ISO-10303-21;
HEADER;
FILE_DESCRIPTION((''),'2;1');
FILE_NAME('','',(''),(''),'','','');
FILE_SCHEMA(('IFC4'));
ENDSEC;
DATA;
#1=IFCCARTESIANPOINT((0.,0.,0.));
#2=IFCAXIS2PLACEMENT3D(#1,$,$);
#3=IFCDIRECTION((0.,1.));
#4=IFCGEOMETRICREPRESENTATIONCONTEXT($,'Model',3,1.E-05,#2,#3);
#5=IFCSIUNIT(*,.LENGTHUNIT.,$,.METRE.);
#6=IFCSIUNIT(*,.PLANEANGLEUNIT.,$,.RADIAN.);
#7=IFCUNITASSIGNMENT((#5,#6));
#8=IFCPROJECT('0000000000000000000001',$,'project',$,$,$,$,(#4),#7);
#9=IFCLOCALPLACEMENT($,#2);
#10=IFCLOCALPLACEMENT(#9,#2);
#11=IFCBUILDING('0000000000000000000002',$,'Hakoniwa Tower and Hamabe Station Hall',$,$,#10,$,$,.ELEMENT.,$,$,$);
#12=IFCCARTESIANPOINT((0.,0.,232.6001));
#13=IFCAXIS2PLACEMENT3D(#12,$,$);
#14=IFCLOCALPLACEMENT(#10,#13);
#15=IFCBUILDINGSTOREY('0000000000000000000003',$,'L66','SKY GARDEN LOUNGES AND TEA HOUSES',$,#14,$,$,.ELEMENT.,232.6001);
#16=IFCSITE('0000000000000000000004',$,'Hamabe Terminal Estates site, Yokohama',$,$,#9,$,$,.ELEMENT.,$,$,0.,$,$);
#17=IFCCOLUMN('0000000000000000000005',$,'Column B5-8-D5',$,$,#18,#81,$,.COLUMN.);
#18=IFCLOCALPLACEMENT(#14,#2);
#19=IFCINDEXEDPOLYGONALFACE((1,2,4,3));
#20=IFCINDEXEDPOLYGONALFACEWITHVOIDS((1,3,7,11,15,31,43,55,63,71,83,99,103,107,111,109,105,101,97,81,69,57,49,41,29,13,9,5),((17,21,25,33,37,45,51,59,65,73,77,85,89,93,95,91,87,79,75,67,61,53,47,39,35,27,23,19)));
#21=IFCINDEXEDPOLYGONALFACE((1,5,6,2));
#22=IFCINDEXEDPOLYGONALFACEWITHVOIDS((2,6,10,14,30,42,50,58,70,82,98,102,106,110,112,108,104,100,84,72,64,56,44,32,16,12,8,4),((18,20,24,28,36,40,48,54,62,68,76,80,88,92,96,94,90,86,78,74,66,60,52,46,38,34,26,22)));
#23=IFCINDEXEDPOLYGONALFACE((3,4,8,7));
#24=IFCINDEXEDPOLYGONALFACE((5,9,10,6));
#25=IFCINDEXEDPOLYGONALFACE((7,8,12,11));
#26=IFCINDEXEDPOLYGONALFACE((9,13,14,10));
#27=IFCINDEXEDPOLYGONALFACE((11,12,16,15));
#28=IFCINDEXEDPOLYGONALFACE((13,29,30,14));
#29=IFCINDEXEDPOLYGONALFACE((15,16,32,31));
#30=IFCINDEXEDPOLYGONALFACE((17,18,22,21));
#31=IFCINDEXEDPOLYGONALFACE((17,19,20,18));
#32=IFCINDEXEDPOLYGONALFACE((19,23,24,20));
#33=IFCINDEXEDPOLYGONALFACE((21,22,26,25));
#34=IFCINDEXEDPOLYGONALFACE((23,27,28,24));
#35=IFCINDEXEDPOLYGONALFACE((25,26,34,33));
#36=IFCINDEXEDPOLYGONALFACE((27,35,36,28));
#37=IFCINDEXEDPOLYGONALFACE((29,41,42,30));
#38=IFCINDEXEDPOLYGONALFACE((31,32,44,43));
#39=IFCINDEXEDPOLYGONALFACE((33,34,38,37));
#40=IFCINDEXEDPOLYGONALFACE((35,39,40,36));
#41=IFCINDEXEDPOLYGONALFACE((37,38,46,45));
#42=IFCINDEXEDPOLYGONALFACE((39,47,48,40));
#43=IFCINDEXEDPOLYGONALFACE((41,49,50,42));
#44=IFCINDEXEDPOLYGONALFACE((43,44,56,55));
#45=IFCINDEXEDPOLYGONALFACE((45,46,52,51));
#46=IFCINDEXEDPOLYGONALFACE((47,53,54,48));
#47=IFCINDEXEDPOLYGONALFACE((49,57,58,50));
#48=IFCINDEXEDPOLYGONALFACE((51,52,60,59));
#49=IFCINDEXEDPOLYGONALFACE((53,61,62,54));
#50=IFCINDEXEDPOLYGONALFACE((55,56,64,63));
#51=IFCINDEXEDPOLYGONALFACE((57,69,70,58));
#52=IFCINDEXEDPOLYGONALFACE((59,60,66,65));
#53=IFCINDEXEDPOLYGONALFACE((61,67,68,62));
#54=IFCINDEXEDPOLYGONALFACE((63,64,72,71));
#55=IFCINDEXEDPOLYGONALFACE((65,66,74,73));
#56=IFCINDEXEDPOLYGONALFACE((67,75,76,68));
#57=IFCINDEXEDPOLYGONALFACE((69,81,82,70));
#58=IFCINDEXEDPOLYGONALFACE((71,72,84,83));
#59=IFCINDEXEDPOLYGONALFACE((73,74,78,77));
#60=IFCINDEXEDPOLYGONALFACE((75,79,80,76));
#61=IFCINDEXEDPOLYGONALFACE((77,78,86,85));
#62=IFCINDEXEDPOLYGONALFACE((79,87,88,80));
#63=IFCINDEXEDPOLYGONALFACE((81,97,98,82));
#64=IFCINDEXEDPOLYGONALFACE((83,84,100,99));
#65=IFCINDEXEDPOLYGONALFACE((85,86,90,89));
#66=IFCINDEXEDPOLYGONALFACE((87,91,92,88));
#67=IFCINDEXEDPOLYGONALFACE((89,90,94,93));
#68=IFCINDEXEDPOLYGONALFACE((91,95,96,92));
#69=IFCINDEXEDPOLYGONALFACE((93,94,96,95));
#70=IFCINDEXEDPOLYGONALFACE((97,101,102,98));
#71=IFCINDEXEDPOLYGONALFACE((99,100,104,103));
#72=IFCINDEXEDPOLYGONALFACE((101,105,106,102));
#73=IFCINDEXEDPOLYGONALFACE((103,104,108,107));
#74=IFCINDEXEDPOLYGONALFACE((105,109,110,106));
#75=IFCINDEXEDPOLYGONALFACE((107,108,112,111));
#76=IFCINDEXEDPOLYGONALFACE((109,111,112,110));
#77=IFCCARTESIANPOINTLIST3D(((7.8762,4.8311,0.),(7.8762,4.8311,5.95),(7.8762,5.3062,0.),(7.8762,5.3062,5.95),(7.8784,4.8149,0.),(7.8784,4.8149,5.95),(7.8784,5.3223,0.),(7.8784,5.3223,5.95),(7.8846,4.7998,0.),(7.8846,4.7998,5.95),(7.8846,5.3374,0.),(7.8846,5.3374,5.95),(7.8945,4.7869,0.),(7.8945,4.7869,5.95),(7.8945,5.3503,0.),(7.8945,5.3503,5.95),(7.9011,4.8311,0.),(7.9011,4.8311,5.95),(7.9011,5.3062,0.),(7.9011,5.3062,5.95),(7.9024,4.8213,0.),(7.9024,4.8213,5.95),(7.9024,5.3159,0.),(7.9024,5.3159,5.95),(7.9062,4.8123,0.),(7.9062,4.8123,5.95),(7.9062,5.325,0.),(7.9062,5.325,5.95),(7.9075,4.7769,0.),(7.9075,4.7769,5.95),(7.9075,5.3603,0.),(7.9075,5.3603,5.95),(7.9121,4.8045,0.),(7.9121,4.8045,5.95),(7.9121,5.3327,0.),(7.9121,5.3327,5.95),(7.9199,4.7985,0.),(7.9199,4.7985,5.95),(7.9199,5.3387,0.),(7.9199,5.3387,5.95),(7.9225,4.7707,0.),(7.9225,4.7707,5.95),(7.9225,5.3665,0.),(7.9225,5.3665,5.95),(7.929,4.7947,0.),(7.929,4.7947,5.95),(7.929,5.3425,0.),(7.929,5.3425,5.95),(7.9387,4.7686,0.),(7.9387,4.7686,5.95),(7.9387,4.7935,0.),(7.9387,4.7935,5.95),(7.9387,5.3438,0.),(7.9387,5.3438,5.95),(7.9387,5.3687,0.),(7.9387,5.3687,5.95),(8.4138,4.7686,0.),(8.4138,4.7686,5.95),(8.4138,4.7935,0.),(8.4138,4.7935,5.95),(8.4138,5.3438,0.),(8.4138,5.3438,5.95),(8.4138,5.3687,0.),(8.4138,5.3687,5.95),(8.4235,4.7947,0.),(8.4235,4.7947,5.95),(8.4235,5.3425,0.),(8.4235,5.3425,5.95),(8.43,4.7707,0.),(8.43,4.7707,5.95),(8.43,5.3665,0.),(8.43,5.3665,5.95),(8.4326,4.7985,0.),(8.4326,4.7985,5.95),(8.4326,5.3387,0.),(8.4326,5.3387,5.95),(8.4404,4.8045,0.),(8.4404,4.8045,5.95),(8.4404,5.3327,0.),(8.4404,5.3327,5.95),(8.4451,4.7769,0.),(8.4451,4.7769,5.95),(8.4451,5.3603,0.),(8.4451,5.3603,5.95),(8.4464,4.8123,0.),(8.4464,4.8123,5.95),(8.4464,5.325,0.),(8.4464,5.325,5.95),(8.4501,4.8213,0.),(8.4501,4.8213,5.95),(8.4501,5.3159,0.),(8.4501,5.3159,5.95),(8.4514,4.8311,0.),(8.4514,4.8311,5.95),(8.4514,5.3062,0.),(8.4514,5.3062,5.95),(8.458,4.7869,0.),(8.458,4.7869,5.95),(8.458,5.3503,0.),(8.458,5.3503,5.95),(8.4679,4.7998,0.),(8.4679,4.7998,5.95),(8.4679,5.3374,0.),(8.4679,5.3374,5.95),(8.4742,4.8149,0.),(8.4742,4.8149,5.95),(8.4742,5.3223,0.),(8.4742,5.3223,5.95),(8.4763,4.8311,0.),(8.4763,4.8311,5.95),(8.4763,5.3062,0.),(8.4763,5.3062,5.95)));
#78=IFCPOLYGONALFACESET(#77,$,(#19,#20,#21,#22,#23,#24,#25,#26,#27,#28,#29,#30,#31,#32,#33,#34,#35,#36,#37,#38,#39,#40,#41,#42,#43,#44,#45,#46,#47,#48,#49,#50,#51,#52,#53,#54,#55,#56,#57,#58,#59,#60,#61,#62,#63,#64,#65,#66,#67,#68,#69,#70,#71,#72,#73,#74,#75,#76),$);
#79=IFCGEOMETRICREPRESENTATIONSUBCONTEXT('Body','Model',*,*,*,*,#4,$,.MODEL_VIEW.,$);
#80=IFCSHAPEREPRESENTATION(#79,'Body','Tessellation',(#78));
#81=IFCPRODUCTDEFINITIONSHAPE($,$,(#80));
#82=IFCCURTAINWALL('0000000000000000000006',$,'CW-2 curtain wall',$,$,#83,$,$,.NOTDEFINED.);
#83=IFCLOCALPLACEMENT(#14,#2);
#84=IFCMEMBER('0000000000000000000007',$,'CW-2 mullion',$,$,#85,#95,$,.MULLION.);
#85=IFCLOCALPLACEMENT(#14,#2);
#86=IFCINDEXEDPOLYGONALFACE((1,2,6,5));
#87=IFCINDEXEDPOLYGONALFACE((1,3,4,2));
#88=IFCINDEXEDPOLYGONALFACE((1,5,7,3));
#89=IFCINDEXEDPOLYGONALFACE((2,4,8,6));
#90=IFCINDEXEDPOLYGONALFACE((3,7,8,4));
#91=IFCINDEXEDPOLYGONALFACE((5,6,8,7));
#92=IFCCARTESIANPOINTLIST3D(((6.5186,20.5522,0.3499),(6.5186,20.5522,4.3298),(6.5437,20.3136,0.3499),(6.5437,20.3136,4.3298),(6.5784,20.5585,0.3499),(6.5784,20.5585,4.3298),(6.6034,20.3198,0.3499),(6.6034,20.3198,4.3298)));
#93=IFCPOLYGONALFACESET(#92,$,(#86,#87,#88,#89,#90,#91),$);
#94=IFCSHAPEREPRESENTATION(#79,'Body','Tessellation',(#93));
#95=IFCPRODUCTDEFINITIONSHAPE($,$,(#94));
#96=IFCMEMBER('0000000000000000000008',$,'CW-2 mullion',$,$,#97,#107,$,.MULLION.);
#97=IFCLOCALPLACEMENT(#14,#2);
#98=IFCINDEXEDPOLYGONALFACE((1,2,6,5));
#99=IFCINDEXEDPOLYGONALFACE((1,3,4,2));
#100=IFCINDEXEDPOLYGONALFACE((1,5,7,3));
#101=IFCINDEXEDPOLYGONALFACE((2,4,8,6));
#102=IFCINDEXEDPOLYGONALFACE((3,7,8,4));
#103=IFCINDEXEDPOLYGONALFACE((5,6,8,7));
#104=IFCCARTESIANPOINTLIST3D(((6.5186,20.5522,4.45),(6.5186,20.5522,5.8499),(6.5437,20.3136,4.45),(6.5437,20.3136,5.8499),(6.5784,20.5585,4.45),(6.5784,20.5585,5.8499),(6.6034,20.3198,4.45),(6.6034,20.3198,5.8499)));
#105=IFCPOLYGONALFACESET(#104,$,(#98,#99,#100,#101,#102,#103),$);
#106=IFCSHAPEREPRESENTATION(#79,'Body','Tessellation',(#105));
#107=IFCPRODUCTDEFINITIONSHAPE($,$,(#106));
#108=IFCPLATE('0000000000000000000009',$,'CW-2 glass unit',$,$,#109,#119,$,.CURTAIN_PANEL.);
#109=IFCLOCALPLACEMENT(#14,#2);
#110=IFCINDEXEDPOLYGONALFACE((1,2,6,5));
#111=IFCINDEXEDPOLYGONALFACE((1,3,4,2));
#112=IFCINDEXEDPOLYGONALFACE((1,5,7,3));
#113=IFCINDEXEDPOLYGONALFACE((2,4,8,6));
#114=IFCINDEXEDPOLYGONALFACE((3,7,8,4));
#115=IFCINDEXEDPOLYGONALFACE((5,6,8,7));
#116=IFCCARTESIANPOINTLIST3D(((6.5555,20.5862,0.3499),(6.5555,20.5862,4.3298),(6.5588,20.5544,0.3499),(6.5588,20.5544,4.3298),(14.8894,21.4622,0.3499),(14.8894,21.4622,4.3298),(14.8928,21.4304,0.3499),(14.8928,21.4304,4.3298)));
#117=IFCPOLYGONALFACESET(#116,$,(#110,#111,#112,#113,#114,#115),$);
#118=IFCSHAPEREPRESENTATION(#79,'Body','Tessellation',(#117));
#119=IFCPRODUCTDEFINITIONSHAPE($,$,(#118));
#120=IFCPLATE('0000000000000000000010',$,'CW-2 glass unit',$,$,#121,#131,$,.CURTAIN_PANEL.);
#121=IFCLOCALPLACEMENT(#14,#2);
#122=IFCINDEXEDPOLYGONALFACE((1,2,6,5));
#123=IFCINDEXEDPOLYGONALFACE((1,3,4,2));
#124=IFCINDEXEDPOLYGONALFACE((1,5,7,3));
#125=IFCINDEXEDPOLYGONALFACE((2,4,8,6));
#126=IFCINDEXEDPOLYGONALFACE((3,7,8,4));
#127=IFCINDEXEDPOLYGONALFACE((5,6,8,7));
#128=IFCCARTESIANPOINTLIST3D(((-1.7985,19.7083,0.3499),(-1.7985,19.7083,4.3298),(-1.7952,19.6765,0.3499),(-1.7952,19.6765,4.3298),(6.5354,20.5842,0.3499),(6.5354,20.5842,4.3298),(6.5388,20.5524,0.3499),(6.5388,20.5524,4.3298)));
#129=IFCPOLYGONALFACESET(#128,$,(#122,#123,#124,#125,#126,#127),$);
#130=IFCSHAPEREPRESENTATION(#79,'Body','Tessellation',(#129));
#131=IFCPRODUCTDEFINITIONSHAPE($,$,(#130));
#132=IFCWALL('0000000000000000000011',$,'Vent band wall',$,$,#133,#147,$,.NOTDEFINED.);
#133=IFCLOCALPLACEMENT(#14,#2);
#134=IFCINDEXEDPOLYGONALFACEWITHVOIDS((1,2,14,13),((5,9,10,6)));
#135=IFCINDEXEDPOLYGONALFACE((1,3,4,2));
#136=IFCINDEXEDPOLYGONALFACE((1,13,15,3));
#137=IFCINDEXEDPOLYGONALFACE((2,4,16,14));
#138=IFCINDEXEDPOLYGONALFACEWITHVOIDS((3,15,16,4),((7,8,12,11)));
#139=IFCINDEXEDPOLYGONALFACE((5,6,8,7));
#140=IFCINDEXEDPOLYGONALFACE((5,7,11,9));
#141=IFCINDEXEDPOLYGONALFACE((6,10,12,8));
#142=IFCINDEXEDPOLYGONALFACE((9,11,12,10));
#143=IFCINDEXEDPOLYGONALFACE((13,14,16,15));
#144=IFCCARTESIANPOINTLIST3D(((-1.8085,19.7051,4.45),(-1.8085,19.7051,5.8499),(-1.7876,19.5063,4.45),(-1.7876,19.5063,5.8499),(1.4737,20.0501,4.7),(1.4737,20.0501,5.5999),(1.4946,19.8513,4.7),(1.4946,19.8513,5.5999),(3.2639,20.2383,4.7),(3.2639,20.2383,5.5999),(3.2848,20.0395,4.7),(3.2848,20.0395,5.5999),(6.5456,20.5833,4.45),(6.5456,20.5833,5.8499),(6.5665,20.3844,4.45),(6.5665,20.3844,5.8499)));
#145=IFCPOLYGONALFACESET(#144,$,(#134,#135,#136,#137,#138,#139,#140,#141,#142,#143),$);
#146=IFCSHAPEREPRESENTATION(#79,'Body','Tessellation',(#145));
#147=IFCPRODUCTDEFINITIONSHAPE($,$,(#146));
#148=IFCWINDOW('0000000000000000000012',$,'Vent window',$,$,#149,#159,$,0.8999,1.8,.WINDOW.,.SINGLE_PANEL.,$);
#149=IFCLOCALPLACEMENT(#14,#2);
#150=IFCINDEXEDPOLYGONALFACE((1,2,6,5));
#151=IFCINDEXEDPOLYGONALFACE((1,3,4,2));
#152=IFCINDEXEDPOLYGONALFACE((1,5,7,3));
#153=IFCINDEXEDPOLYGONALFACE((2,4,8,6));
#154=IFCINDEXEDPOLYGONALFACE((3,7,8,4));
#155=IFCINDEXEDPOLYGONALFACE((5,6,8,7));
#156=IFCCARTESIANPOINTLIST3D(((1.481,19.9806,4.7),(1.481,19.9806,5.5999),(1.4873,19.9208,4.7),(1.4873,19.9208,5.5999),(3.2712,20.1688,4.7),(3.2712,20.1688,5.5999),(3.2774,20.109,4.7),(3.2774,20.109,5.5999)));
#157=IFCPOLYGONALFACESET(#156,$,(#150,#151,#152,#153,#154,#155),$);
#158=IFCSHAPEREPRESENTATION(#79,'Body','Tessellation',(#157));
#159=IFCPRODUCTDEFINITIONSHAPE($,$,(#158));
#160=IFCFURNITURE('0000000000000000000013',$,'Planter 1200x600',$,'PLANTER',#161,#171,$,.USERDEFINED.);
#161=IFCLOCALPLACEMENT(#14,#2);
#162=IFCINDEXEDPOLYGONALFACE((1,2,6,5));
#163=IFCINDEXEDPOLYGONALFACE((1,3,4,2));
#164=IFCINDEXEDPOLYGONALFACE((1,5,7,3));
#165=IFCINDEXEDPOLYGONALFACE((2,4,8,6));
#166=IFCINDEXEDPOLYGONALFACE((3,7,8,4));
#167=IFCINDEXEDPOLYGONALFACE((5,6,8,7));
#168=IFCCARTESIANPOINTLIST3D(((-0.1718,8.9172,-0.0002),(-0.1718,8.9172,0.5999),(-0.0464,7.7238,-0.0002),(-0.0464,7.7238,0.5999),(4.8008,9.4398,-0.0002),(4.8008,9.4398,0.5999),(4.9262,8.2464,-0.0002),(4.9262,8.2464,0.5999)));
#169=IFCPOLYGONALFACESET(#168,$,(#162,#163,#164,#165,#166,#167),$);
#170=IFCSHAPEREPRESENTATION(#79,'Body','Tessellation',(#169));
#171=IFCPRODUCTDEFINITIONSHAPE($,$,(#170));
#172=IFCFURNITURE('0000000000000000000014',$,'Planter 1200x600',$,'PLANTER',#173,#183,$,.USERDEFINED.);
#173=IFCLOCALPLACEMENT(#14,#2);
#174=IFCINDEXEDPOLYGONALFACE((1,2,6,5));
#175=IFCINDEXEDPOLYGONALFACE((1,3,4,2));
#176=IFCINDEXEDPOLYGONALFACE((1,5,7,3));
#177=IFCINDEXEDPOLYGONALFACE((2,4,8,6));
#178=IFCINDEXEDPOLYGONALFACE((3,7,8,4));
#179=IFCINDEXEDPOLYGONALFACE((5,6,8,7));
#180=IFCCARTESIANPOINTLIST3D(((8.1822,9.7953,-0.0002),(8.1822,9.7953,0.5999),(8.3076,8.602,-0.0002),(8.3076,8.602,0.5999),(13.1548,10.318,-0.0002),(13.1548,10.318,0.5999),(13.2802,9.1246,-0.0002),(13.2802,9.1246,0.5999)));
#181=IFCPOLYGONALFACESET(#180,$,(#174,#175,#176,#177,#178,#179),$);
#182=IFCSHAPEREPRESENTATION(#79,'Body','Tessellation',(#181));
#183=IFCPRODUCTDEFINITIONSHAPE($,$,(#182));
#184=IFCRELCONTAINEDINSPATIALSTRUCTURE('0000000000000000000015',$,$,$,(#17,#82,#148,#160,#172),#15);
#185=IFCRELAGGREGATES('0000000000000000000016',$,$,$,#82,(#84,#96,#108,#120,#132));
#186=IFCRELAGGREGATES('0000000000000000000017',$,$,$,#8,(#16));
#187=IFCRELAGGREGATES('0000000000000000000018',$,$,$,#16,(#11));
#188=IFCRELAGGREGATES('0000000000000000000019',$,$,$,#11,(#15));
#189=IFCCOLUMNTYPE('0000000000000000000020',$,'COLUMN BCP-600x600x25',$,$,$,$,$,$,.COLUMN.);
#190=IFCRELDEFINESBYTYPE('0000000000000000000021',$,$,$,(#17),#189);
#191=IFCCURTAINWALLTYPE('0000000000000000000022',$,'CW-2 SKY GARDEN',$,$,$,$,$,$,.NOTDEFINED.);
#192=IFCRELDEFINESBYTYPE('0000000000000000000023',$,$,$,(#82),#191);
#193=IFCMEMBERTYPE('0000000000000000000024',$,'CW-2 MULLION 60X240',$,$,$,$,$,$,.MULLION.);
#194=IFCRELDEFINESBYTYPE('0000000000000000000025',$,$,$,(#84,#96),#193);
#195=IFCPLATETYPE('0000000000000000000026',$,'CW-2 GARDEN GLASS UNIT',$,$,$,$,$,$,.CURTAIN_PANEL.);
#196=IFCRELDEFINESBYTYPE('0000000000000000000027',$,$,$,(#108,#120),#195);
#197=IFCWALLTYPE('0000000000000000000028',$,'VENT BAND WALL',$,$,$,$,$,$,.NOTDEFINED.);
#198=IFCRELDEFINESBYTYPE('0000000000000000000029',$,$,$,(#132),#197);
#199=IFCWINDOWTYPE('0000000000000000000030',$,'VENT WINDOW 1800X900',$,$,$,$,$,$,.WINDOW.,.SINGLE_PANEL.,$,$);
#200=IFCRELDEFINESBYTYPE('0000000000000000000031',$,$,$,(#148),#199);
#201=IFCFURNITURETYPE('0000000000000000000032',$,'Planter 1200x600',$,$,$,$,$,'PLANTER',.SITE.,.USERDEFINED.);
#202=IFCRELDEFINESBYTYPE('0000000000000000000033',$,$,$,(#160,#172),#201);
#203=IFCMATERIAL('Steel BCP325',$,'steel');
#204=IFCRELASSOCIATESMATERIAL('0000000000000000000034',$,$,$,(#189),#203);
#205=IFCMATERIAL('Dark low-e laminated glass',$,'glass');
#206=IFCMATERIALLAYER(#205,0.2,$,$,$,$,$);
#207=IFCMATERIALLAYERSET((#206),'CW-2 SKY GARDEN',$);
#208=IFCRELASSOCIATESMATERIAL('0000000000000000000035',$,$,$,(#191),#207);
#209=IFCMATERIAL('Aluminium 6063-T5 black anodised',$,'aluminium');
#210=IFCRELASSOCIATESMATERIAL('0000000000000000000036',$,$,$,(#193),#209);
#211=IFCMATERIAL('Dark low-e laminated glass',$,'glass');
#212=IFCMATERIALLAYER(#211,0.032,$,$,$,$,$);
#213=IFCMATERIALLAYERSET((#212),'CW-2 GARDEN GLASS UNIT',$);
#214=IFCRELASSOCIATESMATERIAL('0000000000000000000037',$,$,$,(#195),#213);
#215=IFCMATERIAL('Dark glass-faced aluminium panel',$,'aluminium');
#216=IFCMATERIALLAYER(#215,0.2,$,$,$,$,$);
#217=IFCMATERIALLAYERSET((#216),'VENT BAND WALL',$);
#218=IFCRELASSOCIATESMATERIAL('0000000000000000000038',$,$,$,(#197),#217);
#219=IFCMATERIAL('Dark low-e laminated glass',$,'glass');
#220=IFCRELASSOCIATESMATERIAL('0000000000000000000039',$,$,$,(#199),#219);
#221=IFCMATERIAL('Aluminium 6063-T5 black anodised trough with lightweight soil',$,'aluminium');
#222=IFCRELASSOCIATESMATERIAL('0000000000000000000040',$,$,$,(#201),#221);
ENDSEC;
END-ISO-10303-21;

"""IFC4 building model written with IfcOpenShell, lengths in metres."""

from ifc_helpers import new_model, si_unit, direction, frame, frame_2d, origin, origin_2d, place, context, subcontext, project, spatial, rectangle, hollow_rectangle, extrude, material, layer, layer_set, material_profile, profile_set, type_object, element, fill, aggregate, save


model = new_model("IFC4")

# Units and contexts
model_context = context("Model", 3, precision=1e-05, world=origin(), true_north=direction((0.0, 1.0)))
body_context = subcontext(model_context, "Body", "Model", "MODEL_VIEW")
ifc_project = project(units=[si_unit("LENGTHUNIT", "METRE"), si_unit("PLANEANGLEUNIT", "RADIAN")], contexts=[model_context])

# Site, building, storey
site_placement = place(None, origin())
site = spatial("IfcSite", under=ifc_project, at=site_placement, Name="Hamabe Terminal Estates site, Yokohama", CompositionType="ELEMENT", RefElevation=0.0)
building_placement = place(site_placement, origin())
building = spatial("IfcBuilding", under=site, at=building_placement, Name="Hakoniwa Tower and Hamabe Station Hall", CompositionType="ELEMENT")
storey_placement = place(building_placement, frame((0.0, 0.0, 232.6001)))
storey = spatial("IfcBuildingStorey", under=building, at=storey_placement, Name="L66", Description="SKY GARDEN LOUNGES AND TEA HOUSES", CompositionType="ELEMENT", Elevation=232.6001)

# Column
ifc_material_1 = material(Name="Steel BCP325", Category="steel")
ifc_material_profile_1 = material_profile(ifc_material_1, hollow_rectangle(XDim=0.6001, YDim=0.6001, WallThickness=0.0249, InnerFilletRadius=0.0376, OuterFilletRadius=0.0625, at=origin_2d()), Name="BCP-600x600x25")
ifc_profile_set_1 = profile_set([ifc_material_profile_1], Name="Steel BCP325")
column_type_1 = type_object("IfcColumnType", Name="COLUMN BCP-600x600x25", PredefinedType="COLUMN", material=ifc_profile_set_1)
for number, where, z_axis, x_axis, name in (
    (1, (8.1763, 5.0686, 0.0), (0.0, 0.0, 1.0), (1.0, 0.0, 0.0), "Column B5-8-D5"),
):
    element("IfcColumn", number, at=place(storey_placement, frame(where, z_axis=z_axis, x_axis=x_axis)), inside=storey, type_object=column_type_1, Name=name, PredefinedType="COLUMN", context=body_context, shape_type="SweptSolid", body=[
        extrude(hollow_rectangle(XDim=0.6001, YDim=0.6001, WallThickness=0.0249, InnerFilletRadius=0.0376, OuterFilletRadius=0.0625, at=origin_2d()), origin(), (0.0, 0.0, 1.0), 5.95),
    ])

# Curtain wall, members, plates, wall, opening, window
ifc_material_2 = material(Name="Dark low-e laminated glass", Category="glass")
ifc_layer_1 = layer(ifc_material_2, 0.2)
ifc_layer_set_1 = layer_set([ifc_layer_1], Name="CW-2 SKY GARDEN")
curtain_wall_type = type_object("IfcCurtainWallType", Name="CW-2 SKY GARDEN", PredefinedType="NOTDEFINED", material=ifc_layer_set_1)
curtain_wall_placement = place(storey_placement, origin())
curtain_wall = element("IfcCurtainWall", 2, at=curtain_wall_placement, inside=storey, type_object=curtain_wall_type, Name="CW-2 curtain wall", PredefinedType="NOTDEFINED")
ifc_material_3 = material(Name="Aluminium 6063-T5 black anodised", Category="aluminium")
ifc_material_profile_2 = material_profile(ifc_material_3, rectangle(XDim=0.0601, YDim=0.24, at=origin_2d()), Name="CW-2 MULLION 60X240")
ifc_profile_set_2 = profile_set([ifc_material_profile_2], Name="Aluminium 6063-T5 black anodised")
member_type = type_object("IfcMemberType", Name="CW-2 MULLION 60X240", PredefinedType="MULLION", material=ifc_profile_set_2)
member_1_placement = place(storey_placement, frame((6.561, 20.436, 0.3499), z_axis=(0.0, 0.0, 1.0), x_axis=(-0.994522, -0.104528, 0.0)))
member_1 = element("IfcMember", 3, at=member_1_placement, type_object=member_type, Name="CW-2 mullion", PredefinedType="MULLION", context=body_context, shape_type="SweptSolid", body=[
    extrude(rectangle(XDim=0.0601, YDim=0.24, at=origin_2d()), origin(), (0.0, 0.0, 1.0), 3.98),
])
member_2_placement = place(storey_placement, frame((6.561, 20.436, 4.45), z_axis=(0.0, 0.0, 1.0), x_axis=(-0.994522, -0.104528, 0.0)))
member_2 = element("IfcMember", 4, at=member_2_placement, type_object=member_type, Name="CW-2 mullion", PredefinedType="MULLION", context=body_context, shape_type="SweptSolid", body=[
    extrude(rectangle(XDim=0.0601, YDim=0.24, at=origin_2d()), origin(), (0.0, 0.0, 1.0), 1.3999),
])
ifc_material_4 = material(Name="Dark low-e laminated glass", Category="glass")
ifc_layer_2 = layer(ifc_material_4, 0.032)
ifc_layer_set_2 = layer_set([ifc_layer_2], Name="CW-2 GARDEN GLASS UNIT")
plate_type = type_object("IfcPlateType", Name="CW-2 GARDEN GLASS UNIT", PredefinedType="CURTAIN_PANEL", material=ifc_layer_set_2)
plate_1_placement = place(storey_placement, frame((10.7241, 21.0083, 0.3499), z_axis=(0.0, 0.0, 1.0), x_axis=(-0.994522, -0.104528, 0.0)))
plate_1 = element("IfcPlate", 5, at=plate_1_placement, type_object=plate_type, Name="CW-2 glass unit", PredefinedType="CURTAIN_PANEL", context=body_context, shape_type="SweptSolid", body=[
    extrude(rectangle(XDim=8.3799, YDim=0.032, at=origin_2d()), origin(), (0.0, 0.0, 1.0), 3.98),
])
plate_2_placement = place(storey_placement, frame((2.3701, 20.1304, 0.3499), z_axis=(0.0, 0.0, 1.0), x_axis=(-0.994522, -0.104528, 0.0)))
plate_2 = element("IfcPlate", 6, at=plate_2_placement, type_object=plate_type, Name="CW-2 glass unit", PredefinedType="CURTAIN_PANEL", context=body_context, shape_type="SweptSolid", body=[
    extrude(rectangle(XDim=8.3799, YDim=0.032, at=origin_2d()), origin(), (0.0, 0.0, 1.0), 3.98),
])
ifc_material_5 = material(Name="Dark glass-faced aluminium panel", Category="aluminium")
ifc_layer_3 = layer(ifc_material_5, 0.2)
ifc_layer_set_3 = layer_set([ifc_layer_3], Name="VENT BAND WALL")
wall_type = type_object("IfcWallType", Name="VENT BAND WALL", PredefinedType="NOTDEFINED", material=ifc_layer_set_3)
wall_placement = place(storey_placement, frame((6.5562, 20.4839, 4.45), z_axis=(0.0, 0.0, 1.0), x_axis=(-0.99452, -0.104544, 0.0)))
wall = element("IfcWall", 7, at=wall_placement, type_object=wall_type, Name="Vent band wall", PredefinedType="NOTDEFINED", context=body_context, shape_type="SweptSolid", body=[
    extrude(rectangle(XDim=8.4001, YDim=0.2, at=frame_2d((4.2002, 0.0))), origin(), (0.0, 0.0, 1.0), 1.3999),
])
opening_placement = place(wall_placement, frame((3.3, 0.0, 0.25)))
opening = element("IfcOpeningElement", 8, at=opening_placement, cuts=wall, PredefinedType="OPENING", context=body_context, shape_type="SweptSolid", body=[
    extrude(rectangle(XDim=1.8, YDim=0.8999, at=frame_2d((0.8999, 0.45))), frame((0.0, 0.1099, 0.0), z_axis=(0.0, -1.0, 0.0), x_axis=(1.0, 0.0, 0.0)), (0.0, 0.0, 1.0), 0.22),
])
ifc_material_6 = material(Name="Dark low-e laminated glass", Category="glass")
window_type = type_object("IfcWindowType", Name="VENT WINDOW 1800X900", PartitioningType="SINGLE_PANEL", PredefinedType="WINDOW", material=ifc_material_6)
window_placement = place(opening_placement, origin())
window = element("IfcWindow", 9, at=window_placement, inside=storey, type_object=window_type, Name="Vent window", OverallHeight=0.8999, OverallWidth=1.8, PartitioningType="SINGLE_PANEL", PredefinedType="WINDOW", context=body_context, shape_type="SweptSolid", body=[
    extrude(rectangle(XDim=1.8, YDim=0.8999, at=frame_2d((0.8999, 0.45))), frame((0.0, 0.03, 0.0), z_axis=(0.0, -1.0, 0.0), x_axis=(1.0, 0.0, 0.0)), (0.0, 0.0, 1.0), 0.0601),
])
fill(opening, window)
aggregate(curtain_wall, [member_1, member_2, plate_1, plate_2, wall])

# Furniture
ifc_material_7 = material(Name="Aluminium 6063-T5 black anodised trough with lightweight soil", Category="aluminium")
furniture_type_1 = type_object("IfcFurnitureType", Name="Planter 1200x600", ElementType="PLANTER", AssemblyPlace="SITE", PredefinedType="USERDEFINED", material=ifc_material_7)
for number, where, z_axis, x_axis, name in (
    (10, (2.3772, 8.5818, -0.0002), (0.0, 0.0, 1.0), (0.994522, 0.104528, 0.0), "Planter 1200x600"),
    (11, (10.7312, 9.46, -0.0002), (0.0, 0.0, 1.0), (0.994522, 0.104528, 0.0), "Planter 1200x600"),
):
    element("IfcFurniture", number, at=place(storey_placement, frame(where, z_axis=z_axis, x_axis=x_axis)), inside=storey, type_object=furniture_type_1, Name=name, ObjectType="PLANTER", PredefinedType="USERDEFINED", context=body_context, shape_type="SweptSolid", body=[
        extrude(rectangle(XDim=5.0, YDim=1.2, at=origin_2d()), origin(), (0.0, 0.0, 1.0), 0.6001),
    ])

save(model, "model.ifc")
